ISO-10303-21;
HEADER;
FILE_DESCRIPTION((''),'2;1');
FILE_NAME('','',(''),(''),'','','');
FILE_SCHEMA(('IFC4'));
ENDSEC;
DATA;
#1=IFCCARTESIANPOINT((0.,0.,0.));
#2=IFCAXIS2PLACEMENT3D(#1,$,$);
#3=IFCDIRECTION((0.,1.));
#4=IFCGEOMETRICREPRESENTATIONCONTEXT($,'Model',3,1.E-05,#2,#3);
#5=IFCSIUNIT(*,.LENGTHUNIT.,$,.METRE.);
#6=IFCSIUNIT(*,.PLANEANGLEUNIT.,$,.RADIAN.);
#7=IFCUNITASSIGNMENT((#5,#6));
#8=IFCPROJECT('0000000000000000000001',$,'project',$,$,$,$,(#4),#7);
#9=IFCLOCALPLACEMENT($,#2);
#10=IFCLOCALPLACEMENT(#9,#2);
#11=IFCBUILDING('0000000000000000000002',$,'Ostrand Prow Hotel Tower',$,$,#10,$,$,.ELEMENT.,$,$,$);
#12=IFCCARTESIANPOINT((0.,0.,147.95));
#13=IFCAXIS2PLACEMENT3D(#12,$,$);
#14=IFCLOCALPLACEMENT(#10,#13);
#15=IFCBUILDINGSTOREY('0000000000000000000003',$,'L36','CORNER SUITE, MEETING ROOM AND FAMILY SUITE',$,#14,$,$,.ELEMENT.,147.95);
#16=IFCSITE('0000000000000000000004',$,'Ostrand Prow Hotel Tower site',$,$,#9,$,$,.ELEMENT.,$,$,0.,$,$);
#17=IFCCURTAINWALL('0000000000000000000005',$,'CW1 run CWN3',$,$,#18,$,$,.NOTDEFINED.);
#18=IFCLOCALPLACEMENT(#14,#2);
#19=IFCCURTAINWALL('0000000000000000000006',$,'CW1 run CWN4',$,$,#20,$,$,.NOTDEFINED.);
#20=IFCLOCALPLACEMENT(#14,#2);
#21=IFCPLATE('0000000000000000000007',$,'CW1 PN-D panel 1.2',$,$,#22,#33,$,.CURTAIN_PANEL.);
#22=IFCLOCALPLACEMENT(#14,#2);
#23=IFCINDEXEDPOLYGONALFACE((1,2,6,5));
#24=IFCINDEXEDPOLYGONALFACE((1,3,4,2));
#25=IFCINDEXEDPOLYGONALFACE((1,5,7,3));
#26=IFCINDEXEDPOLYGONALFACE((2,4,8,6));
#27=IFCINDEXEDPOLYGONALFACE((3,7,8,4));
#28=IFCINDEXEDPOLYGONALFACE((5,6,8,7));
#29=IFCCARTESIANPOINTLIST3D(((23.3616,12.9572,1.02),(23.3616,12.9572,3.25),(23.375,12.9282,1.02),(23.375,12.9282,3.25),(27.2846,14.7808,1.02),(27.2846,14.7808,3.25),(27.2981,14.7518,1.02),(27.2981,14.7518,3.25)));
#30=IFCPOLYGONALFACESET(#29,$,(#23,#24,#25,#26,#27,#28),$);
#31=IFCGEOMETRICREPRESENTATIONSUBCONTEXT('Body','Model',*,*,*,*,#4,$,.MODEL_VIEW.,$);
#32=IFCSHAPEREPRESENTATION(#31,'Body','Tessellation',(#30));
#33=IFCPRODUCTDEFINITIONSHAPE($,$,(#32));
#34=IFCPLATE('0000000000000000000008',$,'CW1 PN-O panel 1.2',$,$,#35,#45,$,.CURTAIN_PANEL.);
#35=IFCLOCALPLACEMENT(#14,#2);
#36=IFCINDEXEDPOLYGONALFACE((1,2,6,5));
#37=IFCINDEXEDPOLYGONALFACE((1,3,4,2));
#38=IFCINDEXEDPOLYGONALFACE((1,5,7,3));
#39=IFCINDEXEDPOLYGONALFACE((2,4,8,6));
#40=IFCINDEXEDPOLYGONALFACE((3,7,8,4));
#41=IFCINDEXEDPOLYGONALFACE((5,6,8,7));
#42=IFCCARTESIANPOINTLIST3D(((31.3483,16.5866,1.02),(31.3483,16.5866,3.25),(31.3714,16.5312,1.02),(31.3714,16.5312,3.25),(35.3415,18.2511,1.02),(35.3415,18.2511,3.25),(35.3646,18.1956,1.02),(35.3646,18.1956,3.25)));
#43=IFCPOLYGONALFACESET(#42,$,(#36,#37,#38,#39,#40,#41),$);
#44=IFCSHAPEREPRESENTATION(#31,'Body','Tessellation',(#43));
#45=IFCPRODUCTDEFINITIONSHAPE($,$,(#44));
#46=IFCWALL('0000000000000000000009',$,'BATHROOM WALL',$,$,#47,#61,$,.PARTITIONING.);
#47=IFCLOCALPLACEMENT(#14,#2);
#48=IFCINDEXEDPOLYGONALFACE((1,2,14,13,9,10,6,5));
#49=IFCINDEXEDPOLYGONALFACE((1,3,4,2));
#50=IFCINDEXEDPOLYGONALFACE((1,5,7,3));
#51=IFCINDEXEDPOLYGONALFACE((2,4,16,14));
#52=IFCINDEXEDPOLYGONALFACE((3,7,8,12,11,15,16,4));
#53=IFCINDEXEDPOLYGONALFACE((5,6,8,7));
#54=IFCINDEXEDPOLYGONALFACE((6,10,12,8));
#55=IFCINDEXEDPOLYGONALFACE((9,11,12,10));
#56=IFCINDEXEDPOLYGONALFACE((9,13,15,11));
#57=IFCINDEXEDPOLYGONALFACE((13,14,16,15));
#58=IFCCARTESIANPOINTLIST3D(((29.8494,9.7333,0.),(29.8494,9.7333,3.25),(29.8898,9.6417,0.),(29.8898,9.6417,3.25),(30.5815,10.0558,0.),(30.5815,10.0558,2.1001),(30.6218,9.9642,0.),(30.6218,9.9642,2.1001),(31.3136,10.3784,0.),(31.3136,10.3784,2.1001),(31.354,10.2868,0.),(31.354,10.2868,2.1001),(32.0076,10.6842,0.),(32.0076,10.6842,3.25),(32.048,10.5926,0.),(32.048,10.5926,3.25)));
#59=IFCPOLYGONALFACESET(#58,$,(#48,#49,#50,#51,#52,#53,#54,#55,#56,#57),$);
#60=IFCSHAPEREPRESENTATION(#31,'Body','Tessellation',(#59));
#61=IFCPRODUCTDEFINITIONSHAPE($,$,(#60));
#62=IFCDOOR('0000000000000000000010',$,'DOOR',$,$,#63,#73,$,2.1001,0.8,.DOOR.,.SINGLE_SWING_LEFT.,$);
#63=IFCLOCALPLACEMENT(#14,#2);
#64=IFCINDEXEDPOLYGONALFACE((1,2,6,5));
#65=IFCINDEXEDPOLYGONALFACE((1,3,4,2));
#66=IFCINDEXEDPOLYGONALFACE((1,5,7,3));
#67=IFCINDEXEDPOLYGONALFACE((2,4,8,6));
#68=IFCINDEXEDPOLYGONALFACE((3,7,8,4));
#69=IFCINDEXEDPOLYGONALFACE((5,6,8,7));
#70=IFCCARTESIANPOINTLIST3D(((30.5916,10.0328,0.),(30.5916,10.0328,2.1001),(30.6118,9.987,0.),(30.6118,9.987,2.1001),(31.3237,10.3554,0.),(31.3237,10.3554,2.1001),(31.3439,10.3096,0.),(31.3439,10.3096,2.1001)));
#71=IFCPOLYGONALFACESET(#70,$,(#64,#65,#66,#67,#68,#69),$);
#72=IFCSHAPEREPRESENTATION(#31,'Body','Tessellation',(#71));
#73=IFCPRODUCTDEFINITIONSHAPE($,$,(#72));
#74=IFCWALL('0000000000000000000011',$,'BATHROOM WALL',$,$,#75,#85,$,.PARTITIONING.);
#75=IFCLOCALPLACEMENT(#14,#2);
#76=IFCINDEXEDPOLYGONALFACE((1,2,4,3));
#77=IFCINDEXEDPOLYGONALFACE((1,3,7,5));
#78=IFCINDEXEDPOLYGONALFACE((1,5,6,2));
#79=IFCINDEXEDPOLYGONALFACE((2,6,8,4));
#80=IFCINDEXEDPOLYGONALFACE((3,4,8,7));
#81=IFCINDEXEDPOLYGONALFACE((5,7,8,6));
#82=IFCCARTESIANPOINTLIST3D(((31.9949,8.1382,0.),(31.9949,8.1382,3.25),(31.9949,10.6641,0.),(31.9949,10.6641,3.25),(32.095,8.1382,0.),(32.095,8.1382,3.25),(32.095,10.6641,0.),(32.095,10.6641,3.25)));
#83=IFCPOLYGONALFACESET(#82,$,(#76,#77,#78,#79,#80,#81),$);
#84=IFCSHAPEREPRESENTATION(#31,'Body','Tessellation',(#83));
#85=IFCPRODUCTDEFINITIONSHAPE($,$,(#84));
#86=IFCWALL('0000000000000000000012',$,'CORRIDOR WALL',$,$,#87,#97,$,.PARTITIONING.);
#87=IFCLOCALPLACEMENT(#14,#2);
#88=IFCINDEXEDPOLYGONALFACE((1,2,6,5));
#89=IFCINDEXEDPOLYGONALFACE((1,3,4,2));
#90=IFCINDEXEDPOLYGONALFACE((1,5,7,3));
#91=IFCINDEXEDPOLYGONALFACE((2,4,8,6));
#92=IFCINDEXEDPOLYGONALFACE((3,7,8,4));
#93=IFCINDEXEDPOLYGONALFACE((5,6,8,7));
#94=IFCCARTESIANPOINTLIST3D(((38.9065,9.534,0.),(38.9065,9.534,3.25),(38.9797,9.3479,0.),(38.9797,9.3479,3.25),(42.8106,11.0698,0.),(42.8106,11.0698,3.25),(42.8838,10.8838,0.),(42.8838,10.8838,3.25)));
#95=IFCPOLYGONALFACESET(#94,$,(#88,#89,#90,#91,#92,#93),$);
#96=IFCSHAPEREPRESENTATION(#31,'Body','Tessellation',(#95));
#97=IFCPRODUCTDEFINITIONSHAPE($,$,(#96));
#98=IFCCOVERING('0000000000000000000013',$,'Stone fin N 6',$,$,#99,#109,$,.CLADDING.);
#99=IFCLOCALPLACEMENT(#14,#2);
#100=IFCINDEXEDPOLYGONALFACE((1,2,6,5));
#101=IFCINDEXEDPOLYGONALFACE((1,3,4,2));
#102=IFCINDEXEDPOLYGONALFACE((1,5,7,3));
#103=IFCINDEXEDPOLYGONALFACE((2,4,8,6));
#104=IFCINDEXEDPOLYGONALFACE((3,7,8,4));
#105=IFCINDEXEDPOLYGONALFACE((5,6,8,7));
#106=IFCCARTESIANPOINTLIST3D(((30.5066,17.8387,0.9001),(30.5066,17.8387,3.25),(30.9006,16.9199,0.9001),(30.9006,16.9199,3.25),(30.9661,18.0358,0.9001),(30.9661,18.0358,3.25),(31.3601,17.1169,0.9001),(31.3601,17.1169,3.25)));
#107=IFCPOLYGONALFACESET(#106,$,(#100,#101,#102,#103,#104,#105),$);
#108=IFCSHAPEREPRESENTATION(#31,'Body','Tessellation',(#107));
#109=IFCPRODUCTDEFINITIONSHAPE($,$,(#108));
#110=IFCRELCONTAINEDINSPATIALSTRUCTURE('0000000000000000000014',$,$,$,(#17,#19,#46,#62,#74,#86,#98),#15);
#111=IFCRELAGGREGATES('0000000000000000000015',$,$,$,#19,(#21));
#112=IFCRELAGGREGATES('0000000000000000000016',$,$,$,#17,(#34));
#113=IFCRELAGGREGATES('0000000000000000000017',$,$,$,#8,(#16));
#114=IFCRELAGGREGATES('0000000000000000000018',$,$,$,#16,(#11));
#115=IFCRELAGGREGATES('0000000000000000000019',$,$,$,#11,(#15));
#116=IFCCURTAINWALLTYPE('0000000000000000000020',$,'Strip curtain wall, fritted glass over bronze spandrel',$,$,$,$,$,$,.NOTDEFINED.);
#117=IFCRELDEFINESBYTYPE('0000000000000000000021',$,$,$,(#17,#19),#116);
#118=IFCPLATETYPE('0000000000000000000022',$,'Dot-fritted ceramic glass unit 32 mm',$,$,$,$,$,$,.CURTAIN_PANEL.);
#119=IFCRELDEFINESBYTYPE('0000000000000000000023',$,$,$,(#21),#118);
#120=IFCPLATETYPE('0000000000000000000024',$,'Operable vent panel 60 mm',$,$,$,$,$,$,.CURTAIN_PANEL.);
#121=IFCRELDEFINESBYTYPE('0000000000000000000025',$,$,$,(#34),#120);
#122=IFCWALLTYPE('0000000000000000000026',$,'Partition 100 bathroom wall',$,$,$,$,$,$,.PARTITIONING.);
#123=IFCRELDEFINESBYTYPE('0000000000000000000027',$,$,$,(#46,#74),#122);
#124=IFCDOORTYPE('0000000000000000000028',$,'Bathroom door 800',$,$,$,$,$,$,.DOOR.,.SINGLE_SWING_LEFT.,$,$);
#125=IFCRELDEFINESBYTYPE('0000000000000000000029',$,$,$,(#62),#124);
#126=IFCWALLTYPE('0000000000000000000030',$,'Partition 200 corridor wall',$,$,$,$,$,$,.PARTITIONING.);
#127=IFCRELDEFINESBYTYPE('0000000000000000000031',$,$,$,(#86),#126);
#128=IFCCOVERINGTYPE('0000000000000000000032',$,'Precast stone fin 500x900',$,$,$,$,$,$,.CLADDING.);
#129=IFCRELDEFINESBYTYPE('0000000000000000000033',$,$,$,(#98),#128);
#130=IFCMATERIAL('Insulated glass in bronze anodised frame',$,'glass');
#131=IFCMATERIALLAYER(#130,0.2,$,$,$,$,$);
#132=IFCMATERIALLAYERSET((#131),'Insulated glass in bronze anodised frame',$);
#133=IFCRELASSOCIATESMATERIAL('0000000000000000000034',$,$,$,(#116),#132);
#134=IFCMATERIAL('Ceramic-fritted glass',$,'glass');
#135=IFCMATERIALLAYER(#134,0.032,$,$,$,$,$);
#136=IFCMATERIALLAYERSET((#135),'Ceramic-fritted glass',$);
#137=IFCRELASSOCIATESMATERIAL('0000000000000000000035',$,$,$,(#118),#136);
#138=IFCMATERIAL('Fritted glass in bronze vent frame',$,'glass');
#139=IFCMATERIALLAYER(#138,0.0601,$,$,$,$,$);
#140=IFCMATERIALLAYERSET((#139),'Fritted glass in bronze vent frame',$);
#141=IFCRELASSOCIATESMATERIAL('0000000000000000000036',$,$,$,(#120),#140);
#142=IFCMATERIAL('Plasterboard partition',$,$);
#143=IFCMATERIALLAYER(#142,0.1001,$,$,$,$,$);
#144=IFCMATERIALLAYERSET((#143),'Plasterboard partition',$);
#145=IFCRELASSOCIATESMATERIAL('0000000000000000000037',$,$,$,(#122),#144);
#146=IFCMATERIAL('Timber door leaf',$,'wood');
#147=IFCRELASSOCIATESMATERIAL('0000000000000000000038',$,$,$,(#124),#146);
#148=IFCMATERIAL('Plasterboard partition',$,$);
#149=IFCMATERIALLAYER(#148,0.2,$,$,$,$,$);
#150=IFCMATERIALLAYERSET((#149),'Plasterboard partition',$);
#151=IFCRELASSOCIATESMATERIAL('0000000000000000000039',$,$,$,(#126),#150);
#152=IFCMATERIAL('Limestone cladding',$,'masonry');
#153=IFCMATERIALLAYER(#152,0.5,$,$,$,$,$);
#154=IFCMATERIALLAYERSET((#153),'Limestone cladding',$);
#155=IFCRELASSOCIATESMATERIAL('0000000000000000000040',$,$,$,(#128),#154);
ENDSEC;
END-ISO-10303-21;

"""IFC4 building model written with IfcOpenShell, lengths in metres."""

from ifc_helpers import new_model, si_unit, direction, frame, frame_2d, origin, origin_2d, place, context, subcontext, project, spatial, rectangle, extrude, material, layer, layer_set, type_object, element, fill, aggregate, save


model = new_model("IFC4")

# Units and contexts
model_context = context("Model", 3, precision=1e-05, world=origin(), true_north=direction((0.0, 1.0)))
body_context = subcontext(model_context, "Body", "Model", "MODEL_VIEW")
ifc_project = project(units=[si_unit("LENGTHUNIT", "METRE"), si_unit("PLANEANGLEUNIT", "RADIAN")], contexts=[model_context])

# Site, building, storey
site_placement = place(None, origin())
site = spatial("IfcSite", under=ifc_project, at=site_placement, Name="Ostrand Prow Hotel Tower site", CompositionType="ELEMENT", RefElevation=0.0)
building_placement = place(site_placement, origin())
building = spatial("IfcBuilding", under=site, at=building_placement, Name="Ostrand Prow Hotel Tower", CompositionType="ELEMENT")
storey_placement = place(building_placement, frame((0.0, 0.0, 147.95)))
storey = spatial("IfcBuildingStorey", under=building, at=storey_placement, Name="L36", Description="CORNER SUITE, MEETING ROOM AND FAMILY SUITE", CompositionType="ELEMENT", Elevation=147.95)

# Shared definitions
ifc_material_1 = material(Name="Insulated glass in bronze anodised frame", Category="glass")
ifc_layer_1 = layer(ifc_material_1, 0.2)
ifc_layer_set_1 = layer_set([ifc_layer_1], Name="Insulated glass in bronze anodised frame")
curtain_wall_type = type_object("IfcCurtainWallType", Name="Strip curtain wall, fritted glass over bronze spandrel", PredefinedType="NOTDEFINED", material=ifc_layer_set_1)

# Curtain wall
curtain_wall_1_placement = place(storey_placement, origin())
curtain_wall_1 = element("IfcCurtainWall", 1, at=curtain_wall_1_placement, inside=storey, type_object=curtain_wall_type, Name="CW1 run CWN3", PredefinedType="NOTDEFINED")

# Curtain wall
curtain_wall_2_placement = place(storey_placement, origin())
curtain_wall_2 = element("IfcCurtainWall", 2, at=curtain_wall_2_placement, inside=storey, type_object=curtain_wall_type, Name="CW1 run CWN4", PredefinedType="NOTDEFINED")

# Plates
ifc_material_2 = material(Name="Ceramic-fritted glass", Category="glass")
ifc_layer_2 = layer(ifc_material_2, 0.032)
ifc_layer_set_2 = layer_set([ifc_layer_2], Name="Ceramic-fritted glass")
plate_type_1 = type_object("IfcPlateType", Name="Dot-fritted ceramic glass unit 32 mm", PredefinedType="CURTAIN_PANEL", material=ifc_layer_set_2)
plate_1_placement = place(storey_placement, frame((25.3298, 13.8545, 1.02), z_axis=(0.0, 0.0, 1.0), x_axis=(-0.906818, -0.421522, 0.0)))
plate_1 = element("IfcPlate", 3, at=plate_1_placement, type_object=plate_type_1, Name="CW1 PN-D panel 1.2", PredefinedType="CURTAIN_PANEL", context=body_context, shape_type="SweptSolid", body=[
    extrude(rectangle(XDim=4.3262, YDim=0.032, at=origin_2d()), origin(), (0.0, 0.0, 1.0), 2.23),
])
aggregate(curtain_wall_2, [plate_1])
ifc_material_3 = material(Name="Fritted glass in bronze vent frame", Category="glass")
ifc_layer_3 = layer(ifc_material_3, 0.0601)
ifc_layer_set_3 = layer_set([ifc_layer_3], Name="Fritted glass in bronze vent frame")
plate_type_2 = type_object("IfcPlateType", Name="Operable vent panel 60 mm", PredefinedType="CURTAIN_PANEL", material=ifc_layer_set_3)
plate_2_placement = place(storey_placement, frame((33.3564, 17.3911, 1.02), z_axis=(0.0, 0.0, 1.0), x_axis=(-0.923024, -0.384743, 0.0)))
plate_2 = element("IfcPlate", 4, at=plate_2_placement, type_object=plate_type_2, Name="CW1 PN-O panel 1.2", PredefinedType="CURTAIN_PANEL", context=body_context, shape_type="SweptSolid", body=[
    extrude(rectangle(XDim=4.3262, YDim=0.0601, at=origin_2d()), origin(), (0.0, 0.0, 1.0), 2.23),
])
aggregate(curtain_wall_1, [plate_2])

# Wall, opening, door
ifc_material_4 = material(Name="Plasterboard partition")
ifc_layer_4 = layer(ifc_material_4, 0.1001)
ifc_layer_set_4 = layer_set([ifc_layer_4], Name="Plasterboard partition")
wall_type_1 = type_object("IfcWallType", Name="Partition 100 bathroom wall", PredefinedType="PARTITIONING", material=ifc_layer_set_4)
wall_1_placement = place(storey_placement, frame((29.8696, 9.6875, 0.0), z_axis=(0.0, 0.0, 1.0), x_axis=(0.915109, 0.403207, 0.0)))
wall_1 = element("IfcWall", 5, at=wall_1_placement, inside=storey, type_object=wall_type_1, Name="BATHROOM WALL", PredefinedType="PARTITIONING", context=body_context, shape_type="SweptSolid", body=[
    extrude(rectangle(XDim=2.3584, YDim=0.1001, at=frame_2d((1.1792, 0.0))), origin(), (0.0, 0.0, 1.0), 3.25),
])
opening_placement = place(wall_1_placement, frame((0.8, 0.0, 0.0)))
opening = element("IfcOpeningElement", 6, at=opening_placement, cuts=wall_1, PredefinedType="OPENING", context=body_context, shape_type="SweptSolid", body=[
    extrude(rectangle(XDim=0.8, YDim=2.1001, at=frame_2d((0.3999, 1.05))), frame((0.0, 0.0601, 0.0), z_axis=(0.0, -1.0, 0.0), x_axis=(1.0, 0.0, 0.0)), (0.0, 0.0, 1.0), 0.1201),
])
ifc_material_5 = material(Name="Timber door leaf", Category="wood")
door_type = type_object("IfcDoorType", Name="Bathroom door 800", OperationType="SINGLE_SWING_LEFT", PredefinedType="DOOR", material=ifc_material_5)
door_placement = place(opening_placement, origin())
door = element("IfcDoor", 7, at=door_placement, inside=storey, type_object=door_type, Name="DOOR", OperationType="SINGLE_SWING_LEFT", OverallHeight=2.1001, OverallWidth=0.8, PredefinedType="DOOR", context=body_context, shape_type="SweptSolid", body=[
    extrude(rectangle(XDim=0.8, YDim=2.1001, at=frame_2d((0.3999, 1.05))), frame((0.0, 0.0249, 0.0), z_axis=(0.0, -1.0, 0.0), x_axis=(1.0, 0.0, 0.0)), (0.0, 0.0, 1.0), 0.05),
])
fill(opening, door)

# Walls
wall_2_placement = place(storey_placement, frame((32.0449, 10.6641, 0.0), z_axis=(0.0, 0.0, 1.0), x_axis=(0.0, -1.0, 0.0)))
element("IfcWall", 8, at=wall_2_placement, inside=storey, type_object=wall_type_1, Name="BATHROOM WALL", PredefinedType="PARTITIONING", context=body_context, shape_type="SweptSolid", body=[
    extrude(rectangle(XDim=2.5259, YDim=0.1001, at=frame_2d((1.2629, 0.0))), origin(), (0.0, 0.0, 1.0), 3.25),
])
ifc_material_6 = material(Name="Plasterboard partition")
ifc_layer_5 = layer(ifc_material_6, 0.2)
ifc_layer_set_5 = layer_set([ifc_layer_5], Name="Plasterboard partition")
wall_type_2 = type_object("IfcWallType", Name="Partition 200 corridor wall", PredefinedType="PARTITIONING", material=ifc_layer_set_5)
wall_3_placement = place(storey_placement, frame((38.9431, 9.4409, 0.0), z_axis=(0.0, 0.0, 1.0), x_axis=(0.930577, 0.366097, 0.0)))
element("IfcWall", 9, at=wall_3_placement, inside=storey, type_object=wall_type_2, Name="CORRIDOR WALL", PredefinedType="PARTITIONING", context=body_context, shape_type="SweptSolid", body=[
    extrude(rectangle(XDim=4.1953, YDim=0.2, at=frame_2d((2.0977, 0.0))), origin(), (0.0, 0.0, 1.0), 3.25),
])

# Covering
ifc_material_7 = material(Name="Limestone cladding", Category="masonry")
ifc_layer_6 = layer(ifc_material_7, 0.5)
ifc_layer_set_6 = layer_set([ifc_layer_6], Name="Limestone cladding")
covering_type = type_object("IfcCoveringType", Name="Precast stone fin 500x900", PredefinedType="CLADDING", material=ifc_layer_set_6)
covering_placement = place(storey_placement, frame((31.1304, 17.0183, 0.9001), z_axis=(0.0, 0.0, 1.0), x_axis=(-0.394096, 0.919069, 0.0)))
element("IfcCovering", 10, at=covering_placement, inside=storey, type_object=covering_type, Name="Stone fin N 6", PredefinedType="CLADDING", context=body_context, shape_type="SweptSolid", body=[
    extrude(rectangle(XDim=0.9998, YDim=0.5, at=frame_2d((0.5, 0.0))), origin(), (0.0, 0.0, 1.0), 2.3499),
])

save(model, "model.ifc")
